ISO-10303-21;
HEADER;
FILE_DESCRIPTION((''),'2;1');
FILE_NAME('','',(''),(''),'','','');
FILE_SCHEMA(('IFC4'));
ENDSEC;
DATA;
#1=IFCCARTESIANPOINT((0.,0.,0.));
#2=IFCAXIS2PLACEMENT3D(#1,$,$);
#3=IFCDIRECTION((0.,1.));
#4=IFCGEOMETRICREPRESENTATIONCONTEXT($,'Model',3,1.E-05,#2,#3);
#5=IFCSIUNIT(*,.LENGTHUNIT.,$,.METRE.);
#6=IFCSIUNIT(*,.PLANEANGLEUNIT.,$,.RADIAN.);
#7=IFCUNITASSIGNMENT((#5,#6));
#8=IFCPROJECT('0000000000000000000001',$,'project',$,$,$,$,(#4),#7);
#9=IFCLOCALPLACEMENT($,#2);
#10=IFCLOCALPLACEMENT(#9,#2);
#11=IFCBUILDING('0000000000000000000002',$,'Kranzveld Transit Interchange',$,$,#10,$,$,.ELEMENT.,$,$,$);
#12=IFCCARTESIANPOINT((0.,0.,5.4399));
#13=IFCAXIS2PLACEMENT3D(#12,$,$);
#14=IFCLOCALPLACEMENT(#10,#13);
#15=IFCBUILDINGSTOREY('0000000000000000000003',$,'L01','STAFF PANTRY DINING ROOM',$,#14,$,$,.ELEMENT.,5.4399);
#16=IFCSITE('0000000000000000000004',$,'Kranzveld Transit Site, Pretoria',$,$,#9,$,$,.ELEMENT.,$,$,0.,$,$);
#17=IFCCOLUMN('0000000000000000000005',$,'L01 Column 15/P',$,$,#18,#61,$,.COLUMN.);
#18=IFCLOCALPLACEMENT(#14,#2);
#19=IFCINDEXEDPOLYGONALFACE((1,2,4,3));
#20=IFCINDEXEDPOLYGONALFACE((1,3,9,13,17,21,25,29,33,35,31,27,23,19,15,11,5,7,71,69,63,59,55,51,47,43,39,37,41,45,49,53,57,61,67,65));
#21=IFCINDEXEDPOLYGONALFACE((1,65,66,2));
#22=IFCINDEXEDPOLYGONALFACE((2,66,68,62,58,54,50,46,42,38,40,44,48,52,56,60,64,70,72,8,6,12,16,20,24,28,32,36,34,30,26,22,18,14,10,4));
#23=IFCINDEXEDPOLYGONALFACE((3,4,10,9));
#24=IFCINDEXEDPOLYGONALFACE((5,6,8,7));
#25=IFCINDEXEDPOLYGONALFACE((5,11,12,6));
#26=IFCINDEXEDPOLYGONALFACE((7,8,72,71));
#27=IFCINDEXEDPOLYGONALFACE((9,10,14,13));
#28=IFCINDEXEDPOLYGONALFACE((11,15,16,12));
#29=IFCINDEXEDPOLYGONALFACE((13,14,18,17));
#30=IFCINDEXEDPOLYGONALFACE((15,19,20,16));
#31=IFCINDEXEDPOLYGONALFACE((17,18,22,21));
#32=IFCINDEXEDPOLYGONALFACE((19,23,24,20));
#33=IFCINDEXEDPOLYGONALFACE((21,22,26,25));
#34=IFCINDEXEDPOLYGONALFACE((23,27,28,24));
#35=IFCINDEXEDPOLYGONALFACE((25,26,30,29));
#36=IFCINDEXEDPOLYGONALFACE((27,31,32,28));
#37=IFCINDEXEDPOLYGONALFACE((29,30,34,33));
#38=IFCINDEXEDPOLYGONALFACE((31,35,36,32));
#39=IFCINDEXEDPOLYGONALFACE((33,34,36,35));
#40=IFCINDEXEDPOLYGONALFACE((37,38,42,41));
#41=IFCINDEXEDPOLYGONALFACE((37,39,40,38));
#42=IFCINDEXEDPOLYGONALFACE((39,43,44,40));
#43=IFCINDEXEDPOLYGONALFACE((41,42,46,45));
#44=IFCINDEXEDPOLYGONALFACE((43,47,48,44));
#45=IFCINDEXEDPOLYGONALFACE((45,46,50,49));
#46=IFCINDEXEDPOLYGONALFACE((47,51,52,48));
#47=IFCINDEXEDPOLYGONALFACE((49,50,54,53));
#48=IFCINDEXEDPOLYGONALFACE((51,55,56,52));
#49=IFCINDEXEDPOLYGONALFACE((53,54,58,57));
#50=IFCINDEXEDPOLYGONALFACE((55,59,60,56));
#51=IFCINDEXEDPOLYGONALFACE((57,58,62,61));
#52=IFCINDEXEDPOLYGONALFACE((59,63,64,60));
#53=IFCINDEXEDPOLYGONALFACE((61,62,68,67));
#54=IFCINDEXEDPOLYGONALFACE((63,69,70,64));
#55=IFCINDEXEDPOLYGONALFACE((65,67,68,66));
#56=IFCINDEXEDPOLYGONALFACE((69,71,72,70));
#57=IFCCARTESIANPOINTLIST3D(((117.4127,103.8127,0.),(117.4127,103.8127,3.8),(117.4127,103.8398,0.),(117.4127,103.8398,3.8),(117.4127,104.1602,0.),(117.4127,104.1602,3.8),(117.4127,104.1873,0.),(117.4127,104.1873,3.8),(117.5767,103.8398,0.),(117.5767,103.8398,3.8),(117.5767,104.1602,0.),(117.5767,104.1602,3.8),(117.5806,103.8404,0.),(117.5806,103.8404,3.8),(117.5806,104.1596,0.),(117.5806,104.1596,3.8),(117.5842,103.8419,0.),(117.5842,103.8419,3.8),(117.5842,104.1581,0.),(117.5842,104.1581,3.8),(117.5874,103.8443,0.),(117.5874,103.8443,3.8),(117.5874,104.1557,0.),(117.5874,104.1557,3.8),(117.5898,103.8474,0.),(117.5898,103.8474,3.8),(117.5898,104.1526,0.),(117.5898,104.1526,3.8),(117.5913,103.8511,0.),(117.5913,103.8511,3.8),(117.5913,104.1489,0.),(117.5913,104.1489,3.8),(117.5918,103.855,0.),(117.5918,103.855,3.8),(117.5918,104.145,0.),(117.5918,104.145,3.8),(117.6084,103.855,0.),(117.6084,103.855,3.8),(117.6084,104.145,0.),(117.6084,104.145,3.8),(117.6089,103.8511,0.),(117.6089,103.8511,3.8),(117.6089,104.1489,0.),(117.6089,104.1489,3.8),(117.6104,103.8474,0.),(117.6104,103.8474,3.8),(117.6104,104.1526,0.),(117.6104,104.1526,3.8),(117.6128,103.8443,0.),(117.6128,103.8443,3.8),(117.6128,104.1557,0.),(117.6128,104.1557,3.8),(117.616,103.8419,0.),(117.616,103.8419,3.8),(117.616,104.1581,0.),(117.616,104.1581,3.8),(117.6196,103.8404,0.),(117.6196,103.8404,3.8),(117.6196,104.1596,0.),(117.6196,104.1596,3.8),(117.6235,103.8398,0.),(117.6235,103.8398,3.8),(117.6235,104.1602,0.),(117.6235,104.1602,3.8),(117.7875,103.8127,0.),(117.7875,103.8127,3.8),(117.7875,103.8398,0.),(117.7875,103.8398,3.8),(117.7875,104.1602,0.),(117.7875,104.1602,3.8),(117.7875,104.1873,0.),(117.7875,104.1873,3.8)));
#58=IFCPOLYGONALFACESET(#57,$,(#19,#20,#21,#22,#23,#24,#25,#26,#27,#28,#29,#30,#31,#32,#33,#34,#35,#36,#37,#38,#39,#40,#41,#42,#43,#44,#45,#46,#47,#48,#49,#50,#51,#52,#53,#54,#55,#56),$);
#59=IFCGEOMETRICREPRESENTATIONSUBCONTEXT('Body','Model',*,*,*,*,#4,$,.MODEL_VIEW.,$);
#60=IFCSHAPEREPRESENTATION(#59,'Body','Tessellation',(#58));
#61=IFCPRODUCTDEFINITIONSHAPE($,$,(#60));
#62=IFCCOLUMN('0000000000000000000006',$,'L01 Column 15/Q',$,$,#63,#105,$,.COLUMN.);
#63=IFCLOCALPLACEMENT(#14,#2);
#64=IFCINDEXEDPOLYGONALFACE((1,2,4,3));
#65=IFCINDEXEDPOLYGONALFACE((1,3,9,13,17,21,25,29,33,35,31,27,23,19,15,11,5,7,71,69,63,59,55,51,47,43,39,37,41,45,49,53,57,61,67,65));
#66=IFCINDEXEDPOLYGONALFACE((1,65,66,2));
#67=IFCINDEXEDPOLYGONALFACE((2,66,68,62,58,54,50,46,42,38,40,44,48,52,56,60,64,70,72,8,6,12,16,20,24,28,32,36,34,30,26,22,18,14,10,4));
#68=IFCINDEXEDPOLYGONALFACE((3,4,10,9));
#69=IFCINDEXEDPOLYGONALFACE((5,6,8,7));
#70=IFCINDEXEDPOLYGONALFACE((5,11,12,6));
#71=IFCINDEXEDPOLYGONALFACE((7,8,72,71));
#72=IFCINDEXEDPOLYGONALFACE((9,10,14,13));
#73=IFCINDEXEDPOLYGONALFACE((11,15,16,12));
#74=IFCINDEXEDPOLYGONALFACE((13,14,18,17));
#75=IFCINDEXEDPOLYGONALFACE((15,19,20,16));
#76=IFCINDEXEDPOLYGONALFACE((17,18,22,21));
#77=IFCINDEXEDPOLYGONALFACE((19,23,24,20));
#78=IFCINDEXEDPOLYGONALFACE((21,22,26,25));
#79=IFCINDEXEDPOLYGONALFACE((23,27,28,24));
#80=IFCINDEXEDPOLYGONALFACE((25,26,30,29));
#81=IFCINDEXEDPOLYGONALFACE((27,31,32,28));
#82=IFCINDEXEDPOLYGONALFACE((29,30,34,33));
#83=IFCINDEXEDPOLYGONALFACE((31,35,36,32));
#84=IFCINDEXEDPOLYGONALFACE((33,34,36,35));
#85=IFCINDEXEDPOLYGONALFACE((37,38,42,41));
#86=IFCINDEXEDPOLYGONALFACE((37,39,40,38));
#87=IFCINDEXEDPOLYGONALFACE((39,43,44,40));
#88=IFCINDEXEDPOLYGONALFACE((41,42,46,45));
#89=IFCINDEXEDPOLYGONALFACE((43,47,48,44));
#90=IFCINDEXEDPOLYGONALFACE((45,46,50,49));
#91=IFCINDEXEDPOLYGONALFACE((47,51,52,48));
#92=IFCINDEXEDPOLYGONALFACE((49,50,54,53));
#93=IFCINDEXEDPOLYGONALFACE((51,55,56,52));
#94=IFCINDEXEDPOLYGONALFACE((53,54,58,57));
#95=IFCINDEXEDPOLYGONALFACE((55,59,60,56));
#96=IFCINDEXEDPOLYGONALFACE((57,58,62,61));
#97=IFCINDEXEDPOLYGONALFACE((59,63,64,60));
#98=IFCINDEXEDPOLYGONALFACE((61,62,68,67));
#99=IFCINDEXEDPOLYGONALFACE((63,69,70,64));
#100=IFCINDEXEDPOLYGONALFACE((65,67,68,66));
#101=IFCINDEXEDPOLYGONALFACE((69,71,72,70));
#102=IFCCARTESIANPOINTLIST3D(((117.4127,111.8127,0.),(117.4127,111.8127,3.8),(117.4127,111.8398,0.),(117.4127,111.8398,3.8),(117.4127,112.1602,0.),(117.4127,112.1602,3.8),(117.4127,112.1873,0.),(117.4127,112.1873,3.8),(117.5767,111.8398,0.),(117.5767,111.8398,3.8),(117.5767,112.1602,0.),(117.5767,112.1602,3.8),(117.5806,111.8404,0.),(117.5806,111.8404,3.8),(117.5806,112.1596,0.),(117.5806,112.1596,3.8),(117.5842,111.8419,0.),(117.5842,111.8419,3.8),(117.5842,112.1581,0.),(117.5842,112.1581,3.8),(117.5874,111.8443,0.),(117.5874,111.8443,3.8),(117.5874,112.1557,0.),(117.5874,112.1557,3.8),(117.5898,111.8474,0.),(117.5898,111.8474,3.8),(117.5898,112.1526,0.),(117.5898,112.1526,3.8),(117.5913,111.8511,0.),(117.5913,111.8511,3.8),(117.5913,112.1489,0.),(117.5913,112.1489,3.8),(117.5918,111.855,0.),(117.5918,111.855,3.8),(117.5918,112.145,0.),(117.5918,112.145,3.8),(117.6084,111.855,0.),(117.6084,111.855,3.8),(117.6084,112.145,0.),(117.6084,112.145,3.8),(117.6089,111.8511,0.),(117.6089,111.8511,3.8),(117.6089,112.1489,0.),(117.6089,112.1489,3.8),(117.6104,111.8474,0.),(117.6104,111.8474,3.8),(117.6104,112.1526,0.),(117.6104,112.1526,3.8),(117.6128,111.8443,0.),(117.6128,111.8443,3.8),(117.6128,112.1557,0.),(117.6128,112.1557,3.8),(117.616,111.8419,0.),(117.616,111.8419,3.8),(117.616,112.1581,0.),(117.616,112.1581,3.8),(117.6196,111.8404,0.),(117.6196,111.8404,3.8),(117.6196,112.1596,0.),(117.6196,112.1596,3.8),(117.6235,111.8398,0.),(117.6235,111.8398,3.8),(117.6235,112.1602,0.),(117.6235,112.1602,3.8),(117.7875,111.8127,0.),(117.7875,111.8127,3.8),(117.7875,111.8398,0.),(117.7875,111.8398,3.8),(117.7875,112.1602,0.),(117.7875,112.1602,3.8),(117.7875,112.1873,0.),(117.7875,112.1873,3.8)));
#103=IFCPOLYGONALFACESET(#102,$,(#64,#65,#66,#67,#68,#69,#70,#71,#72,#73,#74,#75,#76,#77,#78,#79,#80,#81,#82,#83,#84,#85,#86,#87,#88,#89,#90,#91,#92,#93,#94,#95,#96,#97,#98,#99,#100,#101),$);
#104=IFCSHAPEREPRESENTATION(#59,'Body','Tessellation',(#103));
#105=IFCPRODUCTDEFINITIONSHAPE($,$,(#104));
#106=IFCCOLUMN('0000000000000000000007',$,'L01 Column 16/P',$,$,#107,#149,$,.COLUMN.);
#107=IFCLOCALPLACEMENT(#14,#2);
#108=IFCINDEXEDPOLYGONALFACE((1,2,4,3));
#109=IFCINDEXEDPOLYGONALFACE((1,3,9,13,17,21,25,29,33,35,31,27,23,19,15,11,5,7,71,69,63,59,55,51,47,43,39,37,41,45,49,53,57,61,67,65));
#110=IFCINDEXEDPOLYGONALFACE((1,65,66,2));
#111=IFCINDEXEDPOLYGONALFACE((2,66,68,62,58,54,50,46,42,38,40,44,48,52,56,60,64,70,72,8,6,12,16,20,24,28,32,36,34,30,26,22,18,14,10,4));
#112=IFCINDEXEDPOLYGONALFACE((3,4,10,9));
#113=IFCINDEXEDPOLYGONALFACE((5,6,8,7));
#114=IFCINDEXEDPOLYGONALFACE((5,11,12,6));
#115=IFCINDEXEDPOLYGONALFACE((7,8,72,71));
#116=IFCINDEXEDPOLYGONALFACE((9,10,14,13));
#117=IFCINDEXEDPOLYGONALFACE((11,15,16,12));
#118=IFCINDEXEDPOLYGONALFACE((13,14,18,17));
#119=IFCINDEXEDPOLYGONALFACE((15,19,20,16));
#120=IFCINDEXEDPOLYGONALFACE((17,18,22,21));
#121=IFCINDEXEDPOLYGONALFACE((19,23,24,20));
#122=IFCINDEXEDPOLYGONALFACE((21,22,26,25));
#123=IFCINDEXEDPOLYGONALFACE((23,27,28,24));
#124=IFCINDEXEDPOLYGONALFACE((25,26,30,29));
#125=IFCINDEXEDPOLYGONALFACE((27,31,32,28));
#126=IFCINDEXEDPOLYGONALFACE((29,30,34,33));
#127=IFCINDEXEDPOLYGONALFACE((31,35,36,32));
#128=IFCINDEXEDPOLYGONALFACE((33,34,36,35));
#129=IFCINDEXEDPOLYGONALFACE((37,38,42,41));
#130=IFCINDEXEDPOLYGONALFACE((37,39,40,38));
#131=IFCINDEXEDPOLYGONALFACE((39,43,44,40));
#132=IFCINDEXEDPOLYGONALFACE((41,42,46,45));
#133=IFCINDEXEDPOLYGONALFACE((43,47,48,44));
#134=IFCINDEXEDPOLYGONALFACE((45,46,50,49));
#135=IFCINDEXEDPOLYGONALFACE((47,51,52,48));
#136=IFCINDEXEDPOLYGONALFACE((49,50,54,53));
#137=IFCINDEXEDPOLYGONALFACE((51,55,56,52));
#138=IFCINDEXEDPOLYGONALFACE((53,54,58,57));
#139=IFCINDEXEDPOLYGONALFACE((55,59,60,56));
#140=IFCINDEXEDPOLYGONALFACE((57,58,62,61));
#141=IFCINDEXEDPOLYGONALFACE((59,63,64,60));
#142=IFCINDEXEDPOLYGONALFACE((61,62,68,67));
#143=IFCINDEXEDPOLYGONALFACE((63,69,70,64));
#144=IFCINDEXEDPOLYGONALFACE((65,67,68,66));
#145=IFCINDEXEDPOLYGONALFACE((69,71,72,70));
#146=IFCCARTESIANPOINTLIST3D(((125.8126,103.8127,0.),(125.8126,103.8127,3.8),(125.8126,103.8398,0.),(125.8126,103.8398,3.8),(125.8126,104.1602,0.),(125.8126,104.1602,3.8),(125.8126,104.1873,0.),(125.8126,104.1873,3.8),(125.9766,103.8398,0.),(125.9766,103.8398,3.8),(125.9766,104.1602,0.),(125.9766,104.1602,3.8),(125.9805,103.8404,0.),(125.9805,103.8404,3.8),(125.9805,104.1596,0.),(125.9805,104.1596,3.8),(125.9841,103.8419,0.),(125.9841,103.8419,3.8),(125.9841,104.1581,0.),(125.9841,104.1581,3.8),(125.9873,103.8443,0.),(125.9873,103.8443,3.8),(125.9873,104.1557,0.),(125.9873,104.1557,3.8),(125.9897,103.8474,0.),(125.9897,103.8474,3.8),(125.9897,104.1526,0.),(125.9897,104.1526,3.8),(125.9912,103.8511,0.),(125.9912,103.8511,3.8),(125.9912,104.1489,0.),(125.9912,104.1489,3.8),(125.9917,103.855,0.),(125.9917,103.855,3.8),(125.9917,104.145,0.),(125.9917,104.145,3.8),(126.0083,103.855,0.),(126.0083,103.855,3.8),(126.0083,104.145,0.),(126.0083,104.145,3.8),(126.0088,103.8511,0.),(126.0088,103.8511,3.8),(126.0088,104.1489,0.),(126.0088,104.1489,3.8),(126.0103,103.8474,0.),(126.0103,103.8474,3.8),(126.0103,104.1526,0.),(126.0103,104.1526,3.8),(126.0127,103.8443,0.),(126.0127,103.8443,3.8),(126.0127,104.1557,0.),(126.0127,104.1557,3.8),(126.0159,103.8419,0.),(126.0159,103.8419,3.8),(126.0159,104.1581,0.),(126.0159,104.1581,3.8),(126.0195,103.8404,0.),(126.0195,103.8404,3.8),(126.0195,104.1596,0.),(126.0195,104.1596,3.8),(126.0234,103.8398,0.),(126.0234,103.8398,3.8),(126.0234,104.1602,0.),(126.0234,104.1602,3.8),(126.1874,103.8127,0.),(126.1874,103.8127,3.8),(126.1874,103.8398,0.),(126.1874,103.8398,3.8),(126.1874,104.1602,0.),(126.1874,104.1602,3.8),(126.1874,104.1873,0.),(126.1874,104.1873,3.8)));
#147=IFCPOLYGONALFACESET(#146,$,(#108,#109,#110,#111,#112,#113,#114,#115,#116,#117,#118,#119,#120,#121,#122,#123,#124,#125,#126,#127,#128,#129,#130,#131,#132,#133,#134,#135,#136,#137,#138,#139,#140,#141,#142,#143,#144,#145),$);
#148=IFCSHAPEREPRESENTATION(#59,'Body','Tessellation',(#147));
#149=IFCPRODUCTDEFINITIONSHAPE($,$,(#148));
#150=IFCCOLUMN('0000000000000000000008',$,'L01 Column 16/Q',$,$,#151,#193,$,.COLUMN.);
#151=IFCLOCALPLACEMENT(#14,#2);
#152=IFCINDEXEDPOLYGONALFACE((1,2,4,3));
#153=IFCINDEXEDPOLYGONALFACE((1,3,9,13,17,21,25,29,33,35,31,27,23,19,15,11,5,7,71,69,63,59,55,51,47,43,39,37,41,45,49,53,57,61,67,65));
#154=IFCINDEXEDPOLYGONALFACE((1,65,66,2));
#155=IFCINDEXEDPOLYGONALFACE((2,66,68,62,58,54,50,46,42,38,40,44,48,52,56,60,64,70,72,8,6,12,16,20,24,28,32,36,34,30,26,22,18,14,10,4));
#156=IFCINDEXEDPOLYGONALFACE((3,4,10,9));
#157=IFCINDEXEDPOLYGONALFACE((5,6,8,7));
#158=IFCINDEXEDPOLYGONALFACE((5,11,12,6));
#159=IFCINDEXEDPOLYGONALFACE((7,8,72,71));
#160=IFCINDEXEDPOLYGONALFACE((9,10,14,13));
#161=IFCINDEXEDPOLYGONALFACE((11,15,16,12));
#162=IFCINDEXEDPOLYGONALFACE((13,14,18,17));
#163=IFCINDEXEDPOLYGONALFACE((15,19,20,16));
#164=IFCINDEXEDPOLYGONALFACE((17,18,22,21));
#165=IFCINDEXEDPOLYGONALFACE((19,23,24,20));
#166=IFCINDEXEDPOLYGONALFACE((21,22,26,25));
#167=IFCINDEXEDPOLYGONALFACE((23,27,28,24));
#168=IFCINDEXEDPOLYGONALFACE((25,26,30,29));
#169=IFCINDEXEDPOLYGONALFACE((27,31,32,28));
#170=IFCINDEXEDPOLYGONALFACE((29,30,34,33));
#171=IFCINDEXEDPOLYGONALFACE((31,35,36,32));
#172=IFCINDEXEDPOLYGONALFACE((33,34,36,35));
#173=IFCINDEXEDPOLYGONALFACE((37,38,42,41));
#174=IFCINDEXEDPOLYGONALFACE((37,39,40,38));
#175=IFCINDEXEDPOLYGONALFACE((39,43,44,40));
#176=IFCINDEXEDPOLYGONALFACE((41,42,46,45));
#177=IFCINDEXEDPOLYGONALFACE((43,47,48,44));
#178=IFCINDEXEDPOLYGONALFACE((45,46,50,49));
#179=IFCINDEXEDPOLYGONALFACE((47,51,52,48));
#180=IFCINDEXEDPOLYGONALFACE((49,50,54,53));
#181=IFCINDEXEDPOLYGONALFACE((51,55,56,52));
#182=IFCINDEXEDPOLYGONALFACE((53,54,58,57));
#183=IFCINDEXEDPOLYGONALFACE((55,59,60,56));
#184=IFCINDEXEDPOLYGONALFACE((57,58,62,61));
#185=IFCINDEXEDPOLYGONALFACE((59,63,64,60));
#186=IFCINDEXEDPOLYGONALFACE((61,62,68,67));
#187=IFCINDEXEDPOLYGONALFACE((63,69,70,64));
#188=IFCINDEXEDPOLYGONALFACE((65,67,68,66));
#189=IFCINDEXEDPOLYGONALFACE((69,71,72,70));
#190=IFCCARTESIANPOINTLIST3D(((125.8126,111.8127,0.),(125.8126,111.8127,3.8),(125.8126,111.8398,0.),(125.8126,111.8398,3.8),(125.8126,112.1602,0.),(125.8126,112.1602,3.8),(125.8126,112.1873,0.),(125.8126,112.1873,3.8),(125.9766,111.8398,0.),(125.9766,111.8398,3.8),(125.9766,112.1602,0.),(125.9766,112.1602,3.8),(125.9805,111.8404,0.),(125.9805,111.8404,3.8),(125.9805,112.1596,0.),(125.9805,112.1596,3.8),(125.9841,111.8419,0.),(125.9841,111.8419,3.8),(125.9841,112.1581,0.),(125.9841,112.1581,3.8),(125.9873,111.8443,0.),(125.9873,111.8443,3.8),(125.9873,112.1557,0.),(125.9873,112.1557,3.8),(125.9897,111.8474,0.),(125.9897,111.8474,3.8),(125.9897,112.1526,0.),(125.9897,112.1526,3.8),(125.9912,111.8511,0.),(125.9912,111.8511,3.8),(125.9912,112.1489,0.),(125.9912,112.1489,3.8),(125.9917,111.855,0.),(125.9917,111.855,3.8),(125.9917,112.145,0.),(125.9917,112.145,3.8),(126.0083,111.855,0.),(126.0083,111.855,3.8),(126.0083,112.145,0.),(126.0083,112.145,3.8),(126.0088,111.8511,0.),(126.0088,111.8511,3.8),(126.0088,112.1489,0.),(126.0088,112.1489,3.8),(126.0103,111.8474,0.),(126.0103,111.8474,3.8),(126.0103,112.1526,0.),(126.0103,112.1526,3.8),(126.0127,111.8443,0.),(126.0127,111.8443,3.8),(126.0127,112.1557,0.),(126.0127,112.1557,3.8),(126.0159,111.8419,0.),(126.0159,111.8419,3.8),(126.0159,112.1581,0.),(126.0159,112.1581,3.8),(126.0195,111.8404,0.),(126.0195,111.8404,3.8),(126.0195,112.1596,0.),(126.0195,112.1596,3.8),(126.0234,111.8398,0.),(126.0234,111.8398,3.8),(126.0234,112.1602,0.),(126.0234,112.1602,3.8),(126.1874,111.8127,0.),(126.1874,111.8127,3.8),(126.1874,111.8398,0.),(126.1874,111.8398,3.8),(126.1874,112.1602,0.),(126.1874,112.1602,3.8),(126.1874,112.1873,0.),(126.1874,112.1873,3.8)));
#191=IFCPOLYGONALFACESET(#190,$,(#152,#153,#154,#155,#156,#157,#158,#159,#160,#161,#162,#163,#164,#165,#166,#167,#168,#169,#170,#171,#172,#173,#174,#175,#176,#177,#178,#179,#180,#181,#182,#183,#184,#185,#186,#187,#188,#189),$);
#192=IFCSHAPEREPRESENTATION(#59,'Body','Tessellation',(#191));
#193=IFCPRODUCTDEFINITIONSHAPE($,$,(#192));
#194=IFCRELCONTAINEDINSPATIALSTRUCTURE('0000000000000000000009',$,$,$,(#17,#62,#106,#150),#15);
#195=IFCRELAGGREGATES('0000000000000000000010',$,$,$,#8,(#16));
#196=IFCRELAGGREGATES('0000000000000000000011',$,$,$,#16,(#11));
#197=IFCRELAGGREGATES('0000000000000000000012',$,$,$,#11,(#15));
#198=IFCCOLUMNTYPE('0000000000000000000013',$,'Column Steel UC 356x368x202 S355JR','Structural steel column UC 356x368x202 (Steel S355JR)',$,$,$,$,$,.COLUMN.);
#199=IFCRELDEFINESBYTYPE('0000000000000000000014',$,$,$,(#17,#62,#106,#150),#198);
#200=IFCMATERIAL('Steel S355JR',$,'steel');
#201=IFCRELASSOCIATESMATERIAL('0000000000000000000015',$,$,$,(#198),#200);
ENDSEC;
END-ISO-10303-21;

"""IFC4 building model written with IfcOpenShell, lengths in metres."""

from ifc_helpers import new_model, si_unit, direction, frame, origin, origin_2d, place, context, subcontext, project, spatial, i_section, extrude, material, material_profile, profile_set, type_object, element, save


model = new_model("IFC4")

# Units and contexts
model_context = context("Model", 3, precision=1e-05, world=origin(), true_north=direction((0.0, 1.0)))
body_context = subcontext(model_context, "Body", "Model", "MODEL_VIEW")
ifc_project = project(units=[si_unit("LENGTHUNIT", "METRE"), si_unit("PLANEANGLEUNIT", "RADIAN")], contexts=[model_context])

# Site, building, storey
site_placement = place(None, origin())
site = spatial("IfcSite", under=ifc_project, at=site_placement, Name="Kranzveld Transit Site, Pretoria", CompositionType="ELEMENT", RefElevation=0.0)
building_placement = place(site_placement, origin())
building = spatial("IfcBuilding", under=site, at=building_placement, Name="Kranzveld Transit Interchange", CompositionType="ELEMENT")
storey_placement = place(building_placement, frame((0.0, 0.0, 5.4399)))
storey = spatial("IfcBuildingStorey", under=building, at=storey_placement, Name="L01", Description="STAFF PANTRY DINING ROOM", CompositionType="ELEMENT", Elevation=5.4399)

# Columns
ifc_material_1 = material(Name="Steel S355JR", Category="steel")
ifc_material_profile_1 = material_profile(ifc_material_1, i_section(OverallWidth=0.3748, OverallDepth=0.3745, WebThickness=0.0166, FlangeThickness=0.0271, FilletRadius=0.0151, at=origin_2d()), Name="UC 356x368x202")
ifc_profile_set_1 = profile_set([ifc_material_profile_1], Name="Steel S355JR")
column_type = type_object("IfcColumnType", Name="Column Steel UC 356x368x202 S355JR", Description="Structural steel column UC 356x368x202 (Steel S355JR)", PredefinedType="COLUMN", material=ifc_profile_set_1)
for number, where, z_axis, x_axis, name in (
    (1, (117.6001, 104.0, 0.0), (0.0, 0.0, 1.0), (1.0, 0.0, 0.0), "L01 Column 15/P"),
    (2, (117.6001, 112.0, 0.0), (0.0, 0.0, 1.0), (1.0, 0.0, 0.0), "L01 Column 15/Q"),
    (3, (126.0, 104.0, 0.0), (0.0, 0.0, 1.0), (1.0, 0.0, 0.0), "L01 Column 16/P"),
    (4, (126.0, 112.0, 0.0), (0.0, 0.0, 1.0), (1.0, 0.0, 0.0), "L01 Column 16/Q"),
):
    element("IfcColumn", number, at=place(storey_placement, frame(where, z_axis=z_axis, x_axis=x_axis)), inside=storey, type_object=column_type, Name=name, PredefinedType="COLUMN", context=body_context, shape_type="SweptSolid", body=[
        extrude(i_section(OverallWidth=0.3748, OverallDepth=0.3745, WebThickness=0.0166, FlangeThickness=0.0271, FilletRadius=0.0151, at=origin_2d()), origin(), (0.0, 0.0, 1.0), 3.8),
    ])

save(model, "model.ifc")
